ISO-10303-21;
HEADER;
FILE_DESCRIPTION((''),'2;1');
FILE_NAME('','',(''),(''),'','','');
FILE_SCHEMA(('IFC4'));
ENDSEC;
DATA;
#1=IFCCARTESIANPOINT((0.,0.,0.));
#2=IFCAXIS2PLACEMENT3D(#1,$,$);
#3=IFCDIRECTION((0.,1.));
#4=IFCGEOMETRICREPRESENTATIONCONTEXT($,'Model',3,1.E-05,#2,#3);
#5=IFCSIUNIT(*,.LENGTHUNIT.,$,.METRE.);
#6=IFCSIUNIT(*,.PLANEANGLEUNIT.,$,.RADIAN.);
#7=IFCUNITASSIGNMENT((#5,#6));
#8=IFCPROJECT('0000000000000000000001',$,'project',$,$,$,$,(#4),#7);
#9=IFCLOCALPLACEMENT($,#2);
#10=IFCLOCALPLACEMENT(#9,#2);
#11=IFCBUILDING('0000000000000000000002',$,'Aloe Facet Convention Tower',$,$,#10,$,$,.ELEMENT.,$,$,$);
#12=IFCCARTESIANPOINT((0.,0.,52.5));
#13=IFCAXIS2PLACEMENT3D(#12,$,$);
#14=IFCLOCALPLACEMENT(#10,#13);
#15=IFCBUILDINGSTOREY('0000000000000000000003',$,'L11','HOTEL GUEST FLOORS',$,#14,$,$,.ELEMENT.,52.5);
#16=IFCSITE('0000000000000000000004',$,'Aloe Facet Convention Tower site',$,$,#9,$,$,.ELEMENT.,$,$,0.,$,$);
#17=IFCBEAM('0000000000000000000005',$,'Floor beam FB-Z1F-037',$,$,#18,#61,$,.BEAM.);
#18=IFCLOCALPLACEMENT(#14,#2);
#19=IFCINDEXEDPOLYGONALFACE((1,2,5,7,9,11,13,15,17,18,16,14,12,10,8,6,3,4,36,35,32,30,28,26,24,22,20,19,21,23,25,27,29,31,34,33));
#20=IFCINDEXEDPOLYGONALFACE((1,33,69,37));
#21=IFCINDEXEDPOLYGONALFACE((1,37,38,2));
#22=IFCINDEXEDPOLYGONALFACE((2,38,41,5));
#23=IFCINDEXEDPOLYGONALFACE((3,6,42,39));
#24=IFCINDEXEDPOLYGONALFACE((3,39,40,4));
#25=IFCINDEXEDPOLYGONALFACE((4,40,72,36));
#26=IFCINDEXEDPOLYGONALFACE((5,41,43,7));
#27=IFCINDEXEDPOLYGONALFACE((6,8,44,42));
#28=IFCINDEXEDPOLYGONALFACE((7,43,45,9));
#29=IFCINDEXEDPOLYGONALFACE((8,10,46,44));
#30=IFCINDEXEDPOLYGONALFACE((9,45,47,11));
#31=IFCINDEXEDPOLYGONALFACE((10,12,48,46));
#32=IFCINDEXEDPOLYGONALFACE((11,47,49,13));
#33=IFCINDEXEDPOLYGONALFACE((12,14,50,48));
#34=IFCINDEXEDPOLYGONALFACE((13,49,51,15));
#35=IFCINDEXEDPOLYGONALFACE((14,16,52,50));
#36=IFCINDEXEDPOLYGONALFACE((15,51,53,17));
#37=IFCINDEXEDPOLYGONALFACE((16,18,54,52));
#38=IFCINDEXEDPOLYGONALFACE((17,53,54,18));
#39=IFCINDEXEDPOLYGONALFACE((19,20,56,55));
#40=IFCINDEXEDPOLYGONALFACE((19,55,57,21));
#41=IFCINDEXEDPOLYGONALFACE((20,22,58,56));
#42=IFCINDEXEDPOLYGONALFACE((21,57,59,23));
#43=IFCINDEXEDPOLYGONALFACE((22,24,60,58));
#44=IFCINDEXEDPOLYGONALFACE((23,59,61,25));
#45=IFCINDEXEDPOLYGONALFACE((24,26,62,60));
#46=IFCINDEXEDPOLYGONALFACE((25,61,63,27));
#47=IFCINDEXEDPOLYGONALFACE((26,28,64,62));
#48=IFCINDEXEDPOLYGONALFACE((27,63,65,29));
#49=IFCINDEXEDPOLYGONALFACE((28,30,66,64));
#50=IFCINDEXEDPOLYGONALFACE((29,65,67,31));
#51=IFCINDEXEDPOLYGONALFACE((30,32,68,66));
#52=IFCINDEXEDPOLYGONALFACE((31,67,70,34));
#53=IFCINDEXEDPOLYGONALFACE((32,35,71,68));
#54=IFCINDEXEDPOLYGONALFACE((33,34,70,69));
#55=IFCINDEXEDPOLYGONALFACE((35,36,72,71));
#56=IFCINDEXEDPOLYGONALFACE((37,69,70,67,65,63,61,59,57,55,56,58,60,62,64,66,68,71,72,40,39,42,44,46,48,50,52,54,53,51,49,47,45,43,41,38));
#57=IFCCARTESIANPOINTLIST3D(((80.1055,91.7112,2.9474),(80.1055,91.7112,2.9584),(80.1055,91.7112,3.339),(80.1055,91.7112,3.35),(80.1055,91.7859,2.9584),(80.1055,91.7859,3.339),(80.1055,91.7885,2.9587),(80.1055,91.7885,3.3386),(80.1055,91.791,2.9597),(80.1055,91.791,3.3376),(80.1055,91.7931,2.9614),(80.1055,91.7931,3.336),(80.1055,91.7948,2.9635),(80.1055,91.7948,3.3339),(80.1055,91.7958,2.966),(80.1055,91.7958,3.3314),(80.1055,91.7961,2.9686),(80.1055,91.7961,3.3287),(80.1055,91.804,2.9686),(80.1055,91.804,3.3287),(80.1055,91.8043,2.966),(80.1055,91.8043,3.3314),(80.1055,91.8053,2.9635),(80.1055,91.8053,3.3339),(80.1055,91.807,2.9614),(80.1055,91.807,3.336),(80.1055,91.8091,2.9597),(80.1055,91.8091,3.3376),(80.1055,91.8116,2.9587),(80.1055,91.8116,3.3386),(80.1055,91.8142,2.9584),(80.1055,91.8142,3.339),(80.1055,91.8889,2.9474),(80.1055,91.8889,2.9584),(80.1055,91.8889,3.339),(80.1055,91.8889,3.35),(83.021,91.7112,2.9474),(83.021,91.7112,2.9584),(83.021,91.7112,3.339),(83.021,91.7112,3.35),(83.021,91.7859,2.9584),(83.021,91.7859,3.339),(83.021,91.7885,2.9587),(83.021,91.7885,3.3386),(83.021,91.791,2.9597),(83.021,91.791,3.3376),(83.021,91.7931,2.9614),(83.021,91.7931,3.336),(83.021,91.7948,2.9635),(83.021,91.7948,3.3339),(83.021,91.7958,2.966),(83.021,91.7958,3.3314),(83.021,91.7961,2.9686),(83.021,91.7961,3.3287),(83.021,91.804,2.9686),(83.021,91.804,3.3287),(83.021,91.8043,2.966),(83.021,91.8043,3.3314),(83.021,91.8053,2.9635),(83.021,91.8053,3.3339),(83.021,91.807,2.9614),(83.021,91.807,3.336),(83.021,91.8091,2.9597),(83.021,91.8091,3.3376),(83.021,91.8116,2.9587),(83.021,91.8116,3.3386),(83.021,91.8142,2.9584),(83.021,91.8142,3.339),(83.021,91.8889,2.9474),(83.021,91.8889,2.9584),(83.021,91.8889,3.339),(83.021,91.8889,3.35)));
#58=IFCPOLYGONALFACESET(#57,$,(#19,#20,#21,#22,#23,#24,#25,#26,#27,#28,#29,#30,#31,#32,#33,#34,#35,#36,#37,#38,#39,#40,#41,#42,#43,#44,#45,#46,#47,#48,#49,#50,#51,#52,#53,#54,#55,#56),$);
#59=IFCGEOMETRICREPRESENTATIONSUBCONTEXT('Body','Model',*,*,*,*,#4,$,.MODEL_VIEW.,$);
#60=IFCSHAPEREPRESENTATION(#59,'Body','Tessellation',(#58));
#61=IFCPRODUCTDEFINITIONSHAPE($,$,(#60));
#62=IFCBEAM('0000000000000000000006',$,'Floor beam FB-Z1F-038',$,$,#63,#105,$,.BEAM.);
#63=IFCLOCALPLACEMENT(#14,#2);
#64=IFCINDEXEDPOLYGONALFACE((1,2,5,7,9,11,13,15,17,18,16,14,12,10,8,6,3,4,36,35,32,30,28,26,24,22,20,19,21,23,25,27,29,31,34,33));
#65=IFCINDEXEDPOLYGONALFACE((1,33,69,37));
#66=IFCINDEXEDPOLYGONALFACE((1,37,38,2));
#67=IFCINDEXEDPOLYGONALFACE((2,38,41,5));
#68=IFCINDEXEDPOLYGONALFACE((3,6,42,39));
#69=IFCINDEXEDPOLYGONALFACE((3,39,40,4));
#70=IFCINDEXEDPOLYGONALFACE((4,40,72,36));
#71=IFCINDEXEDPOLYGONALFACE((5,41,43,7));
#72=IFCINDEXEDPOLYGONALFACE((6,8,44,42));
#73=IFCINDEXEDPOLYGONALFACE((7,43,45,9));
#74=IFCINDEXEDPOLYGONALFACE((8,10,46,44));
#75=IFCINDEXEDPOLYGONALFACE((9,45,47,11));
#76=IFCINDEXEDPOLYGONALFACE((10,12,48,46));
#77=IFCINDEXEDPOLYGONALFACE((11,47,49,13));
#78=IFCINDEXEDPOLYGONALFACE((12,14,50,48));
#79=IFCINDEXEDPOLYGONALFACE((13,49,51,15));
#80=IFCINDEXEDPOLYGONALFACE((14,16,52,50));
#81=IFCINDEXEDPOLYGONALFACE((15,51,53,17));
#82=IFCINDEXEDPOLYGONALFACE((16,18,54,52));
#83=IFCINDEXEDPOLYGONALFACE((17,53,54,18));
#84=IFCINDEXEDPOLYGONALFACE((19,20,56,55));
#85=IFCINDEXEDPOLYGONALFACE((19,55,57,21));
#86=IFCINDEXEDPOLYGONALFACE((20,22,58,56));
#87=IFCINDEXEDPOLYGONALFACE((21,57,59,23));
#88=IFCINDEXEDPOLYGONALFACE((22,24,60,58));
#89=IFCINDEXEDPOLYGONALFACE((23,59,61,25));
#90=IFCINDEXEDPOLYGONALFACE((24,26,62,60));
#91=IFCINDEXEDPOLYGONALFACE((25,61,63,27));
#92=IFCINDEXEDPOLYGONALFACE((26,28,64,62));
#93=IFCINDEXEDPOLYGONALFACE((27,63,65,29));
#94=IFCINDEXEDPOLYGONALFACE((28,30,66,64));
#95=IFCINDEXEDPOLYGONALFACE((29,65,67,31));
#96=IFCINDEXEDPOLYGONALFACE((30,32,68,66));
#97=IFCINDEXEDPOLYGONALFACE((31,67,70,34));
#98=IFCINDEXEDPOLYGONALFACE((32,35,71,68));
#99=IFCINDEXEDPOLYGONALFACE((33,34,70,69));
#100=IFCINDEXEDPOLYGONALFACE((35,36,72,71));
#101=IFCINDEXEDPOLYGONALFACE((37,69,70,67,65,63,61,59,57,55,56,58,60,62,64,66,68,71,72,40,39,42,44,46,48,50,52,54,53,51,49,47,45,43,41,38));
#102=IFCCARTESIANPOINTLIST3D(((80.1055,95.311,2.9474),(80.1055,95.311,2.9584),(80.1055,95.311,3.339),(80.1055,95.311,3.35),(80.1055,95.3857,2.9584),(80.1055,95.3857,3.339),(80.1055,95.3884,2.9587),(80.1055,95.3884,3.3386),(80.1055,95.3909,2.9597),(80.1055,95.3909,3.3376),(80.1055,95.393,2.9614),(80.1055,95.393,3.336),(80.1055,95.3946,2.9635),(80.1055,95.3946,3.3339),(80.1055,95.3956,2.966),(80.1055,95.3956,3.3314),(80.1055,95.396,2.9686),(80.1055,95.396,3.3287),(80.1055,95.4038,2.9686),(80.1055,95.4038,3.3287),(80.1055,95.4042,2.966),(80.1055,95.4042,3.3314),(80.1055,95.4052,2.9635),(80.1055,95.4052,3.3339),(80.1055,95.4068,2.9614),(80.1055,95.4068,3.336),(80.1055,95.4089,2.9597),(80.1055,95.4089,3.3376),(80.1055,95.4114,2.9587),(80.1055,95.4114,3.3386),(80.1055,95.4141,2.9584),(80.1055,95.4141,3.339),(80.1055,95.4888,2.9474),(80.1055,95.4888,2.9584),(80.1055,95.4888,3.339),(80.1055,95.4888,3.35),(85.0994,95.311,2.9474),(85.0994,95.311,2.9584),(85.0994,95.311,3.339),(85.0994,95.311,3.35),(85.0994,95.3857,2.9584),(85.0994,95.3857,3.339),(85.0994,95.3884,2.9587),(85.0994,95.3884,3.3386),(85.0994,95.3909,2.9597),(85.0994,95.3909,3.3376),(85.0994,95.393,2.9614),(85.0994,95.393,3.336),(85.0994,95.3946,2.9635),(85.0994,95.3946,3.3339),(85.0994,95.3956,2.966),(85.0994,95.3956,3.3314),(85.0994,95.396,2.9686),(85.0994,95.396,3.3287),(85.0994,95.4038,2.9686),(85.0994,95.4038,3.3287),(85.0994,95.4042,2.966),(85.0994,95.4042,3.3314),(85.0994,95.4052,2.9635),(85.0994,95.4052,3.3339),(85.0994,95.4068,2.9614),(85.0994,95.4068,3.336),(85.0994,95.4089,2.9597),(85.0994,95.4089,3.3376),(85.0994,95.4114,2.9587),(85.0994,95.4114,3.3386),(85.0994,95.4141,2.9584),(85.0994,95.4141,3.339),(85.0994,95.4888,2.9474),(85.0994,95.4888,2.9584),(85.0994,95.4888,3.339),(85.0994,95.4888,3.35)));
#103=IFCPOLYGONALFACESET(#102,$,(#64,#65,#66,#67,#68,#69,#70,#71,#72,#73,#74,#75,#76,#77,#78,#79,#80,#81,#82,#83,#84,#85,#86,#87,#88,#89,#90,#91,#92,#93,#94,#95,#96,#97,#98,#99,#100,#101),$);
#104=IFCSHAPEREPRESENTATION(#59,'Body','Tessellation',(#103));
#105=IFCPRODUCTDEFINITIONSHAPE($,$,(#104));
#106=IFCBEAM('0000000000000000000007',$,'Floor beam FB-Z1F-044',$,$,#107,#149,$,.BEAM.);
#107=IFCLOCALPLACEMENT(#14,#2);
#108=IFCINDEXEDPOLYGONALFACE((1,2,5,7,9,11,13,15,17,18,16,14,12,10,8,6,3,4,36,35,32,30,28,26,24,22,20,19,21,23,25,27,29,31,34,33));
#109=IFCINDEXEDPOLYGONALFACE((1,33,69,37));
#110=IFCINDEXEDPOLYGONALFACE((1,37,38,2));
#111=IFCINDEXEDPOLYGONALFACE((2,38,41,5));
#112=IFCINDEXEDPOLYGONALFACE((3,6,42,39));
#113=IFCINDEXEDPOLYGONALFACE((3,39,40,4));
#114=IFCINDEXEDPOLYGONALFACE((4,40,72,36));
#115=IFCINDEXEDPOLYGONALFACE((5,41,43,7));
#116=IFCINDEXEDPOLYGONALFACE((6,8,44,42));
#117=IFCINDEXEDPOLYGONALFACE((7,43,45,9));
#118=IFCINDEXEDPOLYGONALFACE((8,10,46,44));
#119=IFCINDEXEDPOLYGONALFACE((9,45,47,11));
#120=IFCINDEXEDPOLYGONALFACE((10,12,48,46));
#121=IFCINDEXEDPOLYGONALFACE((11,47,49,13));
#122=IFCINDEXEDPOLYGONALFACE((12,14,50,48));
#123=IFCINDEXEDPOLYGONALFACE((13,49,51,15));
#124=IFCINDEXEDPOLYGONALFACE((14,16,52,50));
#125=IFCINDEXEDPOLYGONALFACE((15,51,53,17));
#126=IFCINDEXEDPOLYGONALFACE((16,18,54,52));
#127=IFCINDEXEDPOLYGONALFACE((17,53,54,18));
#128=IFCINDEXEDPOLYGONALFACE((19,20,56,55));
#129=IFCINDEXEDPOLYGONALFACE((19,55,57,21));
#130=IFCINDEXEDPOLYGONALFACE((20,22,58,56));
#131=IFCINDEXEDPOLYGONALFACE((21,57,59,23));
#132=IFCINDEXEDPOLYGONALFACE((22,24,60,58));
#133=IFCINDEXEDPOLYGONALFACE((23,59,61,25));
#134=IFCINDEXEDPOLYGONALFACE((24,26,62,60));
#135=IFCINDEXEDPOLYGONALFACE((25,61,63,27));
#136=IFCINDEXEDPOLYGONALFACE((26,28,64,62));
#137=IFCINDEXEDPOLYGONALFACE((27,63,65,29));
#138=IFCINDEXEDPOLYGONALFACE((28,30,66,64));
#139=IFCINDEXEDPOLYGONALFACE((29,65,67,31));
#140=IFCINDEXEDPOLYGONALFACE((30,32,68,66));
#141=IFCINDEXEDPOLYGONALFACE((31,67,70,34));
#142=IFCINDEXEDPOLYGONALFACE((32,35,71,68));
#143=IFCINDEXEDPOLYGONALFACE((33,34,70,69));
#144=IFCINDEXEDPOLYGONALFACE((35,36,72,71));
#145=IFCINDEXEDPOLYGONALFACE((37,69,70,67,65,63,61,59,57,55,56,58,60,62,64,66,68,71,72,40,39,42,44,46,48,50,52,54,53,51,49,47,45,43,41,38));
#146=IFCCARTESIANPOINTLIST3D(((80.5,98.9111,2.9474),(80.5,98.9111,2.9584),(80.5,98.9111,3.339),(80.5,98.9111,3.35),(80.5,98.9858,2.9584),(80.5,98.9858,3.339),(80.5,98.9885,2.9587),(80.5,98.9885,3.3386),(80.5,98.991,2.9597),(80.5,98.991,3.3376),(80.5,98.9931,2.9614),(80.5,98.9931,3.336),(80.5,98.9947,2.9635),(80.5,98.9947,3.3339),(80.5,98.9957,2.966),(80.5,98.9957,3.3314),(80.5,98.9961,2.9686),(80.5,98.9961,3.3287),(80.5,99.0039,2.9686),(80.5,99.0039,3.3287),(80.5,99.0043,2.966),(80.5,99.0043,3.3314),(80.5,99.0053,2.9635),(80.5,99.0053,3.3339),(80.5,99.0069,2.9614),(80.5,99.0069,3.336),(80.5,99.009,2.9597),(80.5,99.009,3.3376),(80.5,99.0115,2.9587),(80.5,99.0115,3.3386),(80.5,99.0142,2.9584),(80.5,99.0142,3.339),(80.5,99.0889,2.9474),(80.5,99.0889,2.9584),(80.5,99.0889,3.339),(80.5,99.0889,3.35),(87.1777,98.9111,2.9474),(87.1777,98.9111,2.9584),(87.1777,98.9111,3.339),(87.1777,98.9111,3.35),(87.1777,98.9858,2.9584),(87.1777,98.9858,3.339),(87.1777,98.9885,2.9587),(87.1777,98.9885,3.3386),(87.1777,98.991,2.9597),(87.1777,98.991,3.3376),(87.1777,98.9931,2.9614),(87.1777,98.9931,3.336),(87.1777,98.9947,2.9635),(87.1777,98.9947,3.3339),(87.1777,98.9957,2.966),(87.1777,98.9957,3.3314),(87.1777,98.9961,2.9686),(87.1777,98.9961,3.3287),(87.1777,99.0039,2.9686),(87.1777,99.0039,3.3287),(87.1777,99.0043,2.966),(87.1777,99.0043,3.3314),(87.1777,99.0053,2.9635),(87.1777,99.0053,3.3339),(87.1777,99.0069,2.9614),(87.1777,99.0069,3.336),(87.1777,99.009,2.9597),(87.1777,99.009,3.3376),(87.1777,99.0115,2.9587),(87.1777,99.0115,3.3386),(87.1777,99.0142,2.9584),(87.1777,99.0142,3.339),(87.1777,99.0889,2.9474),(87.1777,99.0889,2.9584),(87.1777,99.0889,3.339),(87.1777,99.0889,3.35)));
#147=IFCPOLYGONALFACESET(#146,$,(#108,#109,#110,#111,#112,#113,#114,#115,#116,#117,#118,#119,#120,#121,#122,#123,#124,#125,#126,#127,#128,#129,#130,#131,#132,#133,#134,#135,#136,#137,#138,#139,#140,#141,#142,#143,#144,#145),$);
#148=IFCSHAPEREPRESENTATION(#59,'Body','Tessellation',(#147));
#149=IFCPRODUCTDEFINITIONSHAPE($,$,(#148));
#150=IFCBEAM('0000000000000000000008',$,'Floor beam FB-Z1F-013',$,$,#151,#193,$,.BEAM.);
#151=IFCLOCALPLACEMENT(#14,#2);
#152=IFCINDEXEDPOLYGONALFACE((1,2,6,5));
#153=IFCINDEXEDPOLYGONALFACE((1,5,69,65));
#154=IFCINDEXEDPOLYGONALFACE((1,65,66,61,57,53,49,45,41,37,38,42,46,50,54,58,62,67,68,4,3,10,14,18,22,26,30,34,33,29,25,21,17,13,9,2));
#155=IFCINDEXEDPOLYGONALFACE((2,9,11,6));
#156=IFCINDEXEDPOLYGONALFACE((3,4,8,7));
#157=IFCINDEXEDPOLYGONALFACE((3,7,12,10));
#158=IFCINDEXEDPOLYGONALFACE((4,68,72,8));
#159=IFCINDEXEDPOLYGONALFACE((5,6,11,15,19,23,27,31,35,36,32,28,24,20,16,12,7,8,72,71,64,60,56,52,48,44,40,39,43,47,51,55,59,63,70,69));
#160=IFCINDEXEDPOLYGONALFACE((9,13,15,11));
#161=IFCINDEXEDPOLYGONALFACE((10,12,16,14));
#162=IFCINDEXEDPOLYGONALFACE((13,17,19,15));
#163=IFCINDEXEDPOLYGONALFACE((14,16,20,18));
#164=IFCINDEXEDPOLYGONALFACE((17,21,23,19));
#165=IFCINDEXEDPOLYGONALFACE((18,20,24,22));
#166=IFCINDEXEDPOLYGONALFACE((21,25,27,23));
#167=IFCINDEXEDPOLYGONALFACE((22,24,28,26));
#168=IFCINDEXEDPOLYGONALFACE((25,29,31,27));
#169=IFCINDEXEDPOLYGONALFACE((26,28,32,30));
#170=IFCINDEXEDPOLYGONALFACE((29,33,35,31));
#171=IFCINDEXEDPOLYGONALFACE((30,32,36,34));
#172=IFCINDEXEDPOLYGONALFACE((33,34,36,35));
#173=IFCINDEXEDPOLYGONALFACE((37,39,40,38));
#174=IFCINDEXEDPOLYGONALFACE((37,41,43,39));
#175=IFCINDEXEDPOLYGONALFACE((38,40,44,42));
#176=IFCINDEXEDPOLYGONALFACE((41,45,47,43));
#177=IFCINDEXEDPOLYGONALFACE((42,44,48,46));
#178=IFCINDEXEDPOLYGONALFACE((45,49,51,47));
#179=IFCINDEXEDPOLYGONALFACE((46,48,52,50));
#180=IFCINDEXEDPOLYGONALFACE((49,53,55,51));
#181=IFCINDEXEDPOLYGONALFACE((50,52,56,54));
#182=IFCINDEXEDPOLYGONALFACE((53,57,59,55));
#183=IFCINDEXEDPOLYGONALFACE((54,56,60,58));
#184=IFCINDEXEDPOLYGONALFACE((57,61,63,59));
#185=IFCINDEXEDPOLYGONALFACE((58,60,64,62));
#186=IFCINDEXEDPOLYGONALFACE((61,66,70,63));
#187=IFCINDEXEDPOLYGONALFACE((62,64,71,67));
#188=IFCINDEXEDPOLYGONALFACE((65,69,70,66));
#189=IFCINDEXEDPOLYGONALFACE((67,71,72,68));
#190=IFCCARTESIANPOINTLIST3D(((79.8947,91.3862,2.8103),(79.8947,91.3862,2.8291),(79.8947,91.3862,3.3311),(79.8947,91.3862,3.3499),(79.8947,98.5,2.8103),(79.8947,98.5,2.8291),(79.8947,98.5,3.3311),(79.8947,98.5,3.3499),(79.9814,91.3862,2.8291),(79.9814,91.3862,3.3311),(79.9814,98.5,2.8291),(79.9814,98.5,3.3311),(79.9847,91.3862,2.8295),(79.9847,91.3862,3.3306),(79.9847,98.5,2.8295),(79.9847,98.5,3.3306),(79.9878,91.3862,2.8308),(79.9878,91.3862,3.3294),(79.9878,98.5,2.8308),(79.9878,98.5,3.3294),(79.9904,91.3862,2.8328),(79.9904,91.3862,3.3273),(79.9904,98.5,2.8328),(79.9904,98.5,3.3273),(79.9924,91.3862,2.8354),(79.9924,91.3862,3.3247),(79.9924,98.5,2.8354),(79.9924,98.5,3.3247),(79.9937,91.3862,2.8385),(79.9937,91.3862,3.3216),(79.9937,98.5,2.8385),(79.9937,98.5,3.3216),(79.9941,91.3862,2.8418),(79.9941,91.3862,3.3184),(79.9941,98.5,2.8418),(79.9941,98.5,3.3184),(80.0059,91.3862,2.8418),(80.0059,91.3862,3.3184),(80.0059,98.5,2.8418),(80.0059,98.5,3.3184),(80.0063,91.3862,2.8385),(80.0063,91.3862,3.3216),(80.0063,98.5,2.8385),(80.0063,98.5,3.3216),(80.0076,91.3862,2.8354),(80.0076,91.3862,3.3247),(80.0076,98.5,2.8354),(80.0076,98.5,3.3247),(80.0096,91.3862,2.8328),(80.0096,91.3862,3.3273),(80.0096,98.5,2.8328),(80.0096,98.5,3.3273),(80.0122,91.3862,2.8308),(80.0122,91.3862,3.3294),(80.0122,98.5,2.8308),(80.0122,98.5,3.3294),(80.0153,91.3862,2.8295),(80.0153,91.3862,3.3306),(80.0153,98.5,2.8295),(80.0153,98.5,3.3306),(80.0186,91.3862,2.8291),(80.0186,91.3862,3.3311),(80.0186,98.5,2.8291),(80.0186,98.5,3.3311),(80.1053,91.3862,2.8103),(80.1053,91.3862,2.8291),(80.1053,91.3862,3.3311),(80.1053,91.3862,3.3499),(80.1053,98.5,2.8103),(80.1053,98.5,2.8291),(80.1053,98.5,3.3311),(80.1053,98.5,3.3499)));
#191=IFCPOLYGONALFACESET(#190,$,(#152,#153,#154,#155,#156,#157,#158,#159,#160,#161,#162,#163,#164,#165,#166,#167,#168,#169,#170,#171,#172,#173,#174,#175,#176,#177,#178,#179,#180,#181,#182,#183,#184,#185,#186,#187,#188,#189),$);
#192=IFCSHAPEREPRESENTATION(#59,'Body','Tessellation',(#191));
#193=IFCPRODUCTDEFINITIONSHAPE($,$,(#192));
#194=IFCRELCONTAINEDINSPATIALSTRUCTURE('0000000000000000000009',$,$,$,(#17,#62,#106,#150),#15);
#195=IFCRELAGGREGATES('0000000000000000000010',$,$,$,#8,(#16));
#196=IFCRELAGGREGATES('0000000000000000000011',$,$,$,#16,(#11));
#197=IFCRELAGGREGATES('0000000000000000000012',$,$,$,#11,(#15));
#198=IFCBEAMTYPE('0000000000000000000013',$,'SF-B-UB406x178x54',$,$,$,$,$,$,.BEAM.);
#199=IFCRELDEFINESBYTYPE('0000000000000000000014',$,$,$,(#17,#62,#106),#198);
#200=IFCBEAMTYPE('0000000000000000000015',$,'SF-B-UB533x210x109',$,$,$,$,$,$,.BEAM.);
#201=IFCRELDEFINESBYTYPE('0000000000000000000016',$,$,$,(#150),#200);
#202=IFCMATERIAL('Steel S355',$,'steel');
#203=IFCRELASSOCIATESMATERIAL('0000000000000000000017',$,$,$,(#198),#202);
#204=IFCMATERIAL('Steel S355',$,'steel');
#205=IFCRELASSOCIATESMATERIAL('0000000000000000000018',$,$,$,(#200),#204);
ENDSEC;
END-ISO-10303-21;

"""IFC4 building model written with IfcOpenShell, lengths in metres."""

from ifc_helpers import new_model, si_unit, direction, frame, origin, origin_2d, place, context, subcontext, project, spatial, i_section, extrude, material, material_profile, profile_set, type_object, element, save


model = new_model("IFC4")

# Units and contexts
model_context = context("Model", 3, precision=1e-05, world=origin(), true_north=direction((0.0, 1.0)))
body_context = subcontext(model_context, "Body", "Model", "MODEL_VIEW")
ifc_project = project(units=[si_unit("LENGTHUNIT", "METRE"), si_unit("PLANEANGLEUNIT", "RADIAN")], contexts=[model_context])

# Site, building, storey
site_placement = place(None, origin())
site = spatial("IfcSite", under=ifc_project, at=site_placement, Name="Aloe Facet Convention Tower site", CompositionType="ELEMENT", RefElevation=0.0)
building_placement = place(site_placement, origin())
building = spatial("IfcBuilding", under=site, at=building_placement, Name="Aloe Facet Convention Tower", CompositionType="ELEMENT")
storey_placement = place(building_placement, frame((0.0, 0.0, 52.5)))
storey = spatial("IfcBuildingStorey", under=building, at=storey_placement, Name="L11", Description="HOTEL GUEST FLOORS", CompositionType="ELEMENT", Elevation=52.5)

# Beams
ifc_material_1 = material(Name="Steel S355", Category="steel")
ifc_material_profile_1 = material_profile(ifc_material_1, i_section(OverallWidth=0.1777, OverallDepth=0.4026, WebThickness=0.0078, FlangeThickness=0.011, FilletRadius=0.0103, at=origin_2d()), Name="UB 406x178x54")
ifc_profile_set_1 = profile_set([ifc_material_profile_1], Name="Steel S355")
beam_type_1 = type_object("IfcBeamType", Name="SF-B-UB406x178x54", PredefinedType="BEAM", material=ifc_profile_set_1)
for number, where, z_axis, x_axis, name in (
    (1, (80.1055, 91.8, 3.1487), (1.0, 0.0, 0.0), (0.0, 1.0, 0.0), "Floor beam FB-Z1F-037"),
):
    element("IfcBeam", number, at=place(storey_placement, frame(where, z_axis=z_axis, x_axis=x_axis)), inside=storey, type_object=beam_type_1, Name=name, PredefinedType="BEAM", context=body_context, shape_type="SweptSolid", body=[
        extrude(i_section(OverallWidth=0.1777, OverallDepth=0.4026, WebThickness=0.0078, FlangeThickness=0.011, FilletRadius=0.0103, at=origin_2d()), origin(), (0.0, 0.0, 1.0), 2.9155),
    ])
beam_1_placement = place(storey_placement, frame((80.1055, 95.3999, 3.1487), z_axis=(1.0, 0.0, 0.0), x_axis=(0.0, 1.0, 0.0)))
element("IfcBeam", 2, at=beam_1_placement, inside=storey, type_object=beam_type_1, Name="Floor beam FB-Z1F-038", PredefinedType="BEAM", context=body_context, shape_type="SweptSolid", body=[
    extrude(i_section(OverallWidth=0.1777, OverallDepth=0.4026, WebThickness=0.0078, FlangeThickness=0.011, FilletRadius=0.0103, at=origin_2d()), origin(), (0.0, 0.0, 1.0), 4.9939),
])
beam_2_placement = place(storey_placement, frame((80.5, 99.0, 3.1487), z_axis=(1.0, 0.0, 0.0), x_axis=(0.0, 1.0, 0.0)))
element("IfcBeam", 3, at=beam_2_placement, inside=storey, type_object=beam_type_1, Name="Floor beam FB-Z1F-044", PredefinedType="BEAM", context=body_context, shape_type="SweptSolid", body=[
    extrude(i_section(OverallWidth=0.1777, OverallDepth=0.4026, WebThickness=0.0078, FlangeThickness=0.011, FilletRadius=0.0103, at=origin_2d()), origin(), (0.0, 0.0, 1.0), 6.6777),
])
ifc_material_2 = material(Name="Steel S355", Category="steel")
ifc_material_profile_2 = material_profile(ifc_material_2, i_section(OverallWidth=0.2107, OverallDepth=0.5396, WebThickness=0.0117, FlangeThickness=0.0188, FilletRadius=0.0127, at=origin_2d()), Name="UB 533x210x109")
ifc_profile_set_2 = profile_set([ifc_material_profile_2], Name="Steel S355")
beam_type_2 = type_object("IfcBeamType", Name="SF-B-UB533x210x109", PredefinedType="BEAM", material=ifc_profile_set_2)
beam_3_placement = place(storey_placement, frame((80.0, 98.5, 3.0801), z_axis=(0.0, -1.0, 0.0), x_axis=(1.0, 0.0, 0.0)))
element("IfcBeam", 4, at=beam_3_placement, inside=storey, type_object=beam_type_2, Name="Floor beam FB-Z1F-013", PredefinedType="BEAM", context=body_context, shape_type="SweptSolid", body=[
    extrude(i_section(OverallWidth=0.2107, OverallDepth=0.5396, WebThickness=0.0117, FlangeThickness=0.0188, FilletRadius=0.0127, at=origin_2d()), origin(), (0.0, 0.0, 1.0), 7.1138),
])

save(model, "model.ifc")
